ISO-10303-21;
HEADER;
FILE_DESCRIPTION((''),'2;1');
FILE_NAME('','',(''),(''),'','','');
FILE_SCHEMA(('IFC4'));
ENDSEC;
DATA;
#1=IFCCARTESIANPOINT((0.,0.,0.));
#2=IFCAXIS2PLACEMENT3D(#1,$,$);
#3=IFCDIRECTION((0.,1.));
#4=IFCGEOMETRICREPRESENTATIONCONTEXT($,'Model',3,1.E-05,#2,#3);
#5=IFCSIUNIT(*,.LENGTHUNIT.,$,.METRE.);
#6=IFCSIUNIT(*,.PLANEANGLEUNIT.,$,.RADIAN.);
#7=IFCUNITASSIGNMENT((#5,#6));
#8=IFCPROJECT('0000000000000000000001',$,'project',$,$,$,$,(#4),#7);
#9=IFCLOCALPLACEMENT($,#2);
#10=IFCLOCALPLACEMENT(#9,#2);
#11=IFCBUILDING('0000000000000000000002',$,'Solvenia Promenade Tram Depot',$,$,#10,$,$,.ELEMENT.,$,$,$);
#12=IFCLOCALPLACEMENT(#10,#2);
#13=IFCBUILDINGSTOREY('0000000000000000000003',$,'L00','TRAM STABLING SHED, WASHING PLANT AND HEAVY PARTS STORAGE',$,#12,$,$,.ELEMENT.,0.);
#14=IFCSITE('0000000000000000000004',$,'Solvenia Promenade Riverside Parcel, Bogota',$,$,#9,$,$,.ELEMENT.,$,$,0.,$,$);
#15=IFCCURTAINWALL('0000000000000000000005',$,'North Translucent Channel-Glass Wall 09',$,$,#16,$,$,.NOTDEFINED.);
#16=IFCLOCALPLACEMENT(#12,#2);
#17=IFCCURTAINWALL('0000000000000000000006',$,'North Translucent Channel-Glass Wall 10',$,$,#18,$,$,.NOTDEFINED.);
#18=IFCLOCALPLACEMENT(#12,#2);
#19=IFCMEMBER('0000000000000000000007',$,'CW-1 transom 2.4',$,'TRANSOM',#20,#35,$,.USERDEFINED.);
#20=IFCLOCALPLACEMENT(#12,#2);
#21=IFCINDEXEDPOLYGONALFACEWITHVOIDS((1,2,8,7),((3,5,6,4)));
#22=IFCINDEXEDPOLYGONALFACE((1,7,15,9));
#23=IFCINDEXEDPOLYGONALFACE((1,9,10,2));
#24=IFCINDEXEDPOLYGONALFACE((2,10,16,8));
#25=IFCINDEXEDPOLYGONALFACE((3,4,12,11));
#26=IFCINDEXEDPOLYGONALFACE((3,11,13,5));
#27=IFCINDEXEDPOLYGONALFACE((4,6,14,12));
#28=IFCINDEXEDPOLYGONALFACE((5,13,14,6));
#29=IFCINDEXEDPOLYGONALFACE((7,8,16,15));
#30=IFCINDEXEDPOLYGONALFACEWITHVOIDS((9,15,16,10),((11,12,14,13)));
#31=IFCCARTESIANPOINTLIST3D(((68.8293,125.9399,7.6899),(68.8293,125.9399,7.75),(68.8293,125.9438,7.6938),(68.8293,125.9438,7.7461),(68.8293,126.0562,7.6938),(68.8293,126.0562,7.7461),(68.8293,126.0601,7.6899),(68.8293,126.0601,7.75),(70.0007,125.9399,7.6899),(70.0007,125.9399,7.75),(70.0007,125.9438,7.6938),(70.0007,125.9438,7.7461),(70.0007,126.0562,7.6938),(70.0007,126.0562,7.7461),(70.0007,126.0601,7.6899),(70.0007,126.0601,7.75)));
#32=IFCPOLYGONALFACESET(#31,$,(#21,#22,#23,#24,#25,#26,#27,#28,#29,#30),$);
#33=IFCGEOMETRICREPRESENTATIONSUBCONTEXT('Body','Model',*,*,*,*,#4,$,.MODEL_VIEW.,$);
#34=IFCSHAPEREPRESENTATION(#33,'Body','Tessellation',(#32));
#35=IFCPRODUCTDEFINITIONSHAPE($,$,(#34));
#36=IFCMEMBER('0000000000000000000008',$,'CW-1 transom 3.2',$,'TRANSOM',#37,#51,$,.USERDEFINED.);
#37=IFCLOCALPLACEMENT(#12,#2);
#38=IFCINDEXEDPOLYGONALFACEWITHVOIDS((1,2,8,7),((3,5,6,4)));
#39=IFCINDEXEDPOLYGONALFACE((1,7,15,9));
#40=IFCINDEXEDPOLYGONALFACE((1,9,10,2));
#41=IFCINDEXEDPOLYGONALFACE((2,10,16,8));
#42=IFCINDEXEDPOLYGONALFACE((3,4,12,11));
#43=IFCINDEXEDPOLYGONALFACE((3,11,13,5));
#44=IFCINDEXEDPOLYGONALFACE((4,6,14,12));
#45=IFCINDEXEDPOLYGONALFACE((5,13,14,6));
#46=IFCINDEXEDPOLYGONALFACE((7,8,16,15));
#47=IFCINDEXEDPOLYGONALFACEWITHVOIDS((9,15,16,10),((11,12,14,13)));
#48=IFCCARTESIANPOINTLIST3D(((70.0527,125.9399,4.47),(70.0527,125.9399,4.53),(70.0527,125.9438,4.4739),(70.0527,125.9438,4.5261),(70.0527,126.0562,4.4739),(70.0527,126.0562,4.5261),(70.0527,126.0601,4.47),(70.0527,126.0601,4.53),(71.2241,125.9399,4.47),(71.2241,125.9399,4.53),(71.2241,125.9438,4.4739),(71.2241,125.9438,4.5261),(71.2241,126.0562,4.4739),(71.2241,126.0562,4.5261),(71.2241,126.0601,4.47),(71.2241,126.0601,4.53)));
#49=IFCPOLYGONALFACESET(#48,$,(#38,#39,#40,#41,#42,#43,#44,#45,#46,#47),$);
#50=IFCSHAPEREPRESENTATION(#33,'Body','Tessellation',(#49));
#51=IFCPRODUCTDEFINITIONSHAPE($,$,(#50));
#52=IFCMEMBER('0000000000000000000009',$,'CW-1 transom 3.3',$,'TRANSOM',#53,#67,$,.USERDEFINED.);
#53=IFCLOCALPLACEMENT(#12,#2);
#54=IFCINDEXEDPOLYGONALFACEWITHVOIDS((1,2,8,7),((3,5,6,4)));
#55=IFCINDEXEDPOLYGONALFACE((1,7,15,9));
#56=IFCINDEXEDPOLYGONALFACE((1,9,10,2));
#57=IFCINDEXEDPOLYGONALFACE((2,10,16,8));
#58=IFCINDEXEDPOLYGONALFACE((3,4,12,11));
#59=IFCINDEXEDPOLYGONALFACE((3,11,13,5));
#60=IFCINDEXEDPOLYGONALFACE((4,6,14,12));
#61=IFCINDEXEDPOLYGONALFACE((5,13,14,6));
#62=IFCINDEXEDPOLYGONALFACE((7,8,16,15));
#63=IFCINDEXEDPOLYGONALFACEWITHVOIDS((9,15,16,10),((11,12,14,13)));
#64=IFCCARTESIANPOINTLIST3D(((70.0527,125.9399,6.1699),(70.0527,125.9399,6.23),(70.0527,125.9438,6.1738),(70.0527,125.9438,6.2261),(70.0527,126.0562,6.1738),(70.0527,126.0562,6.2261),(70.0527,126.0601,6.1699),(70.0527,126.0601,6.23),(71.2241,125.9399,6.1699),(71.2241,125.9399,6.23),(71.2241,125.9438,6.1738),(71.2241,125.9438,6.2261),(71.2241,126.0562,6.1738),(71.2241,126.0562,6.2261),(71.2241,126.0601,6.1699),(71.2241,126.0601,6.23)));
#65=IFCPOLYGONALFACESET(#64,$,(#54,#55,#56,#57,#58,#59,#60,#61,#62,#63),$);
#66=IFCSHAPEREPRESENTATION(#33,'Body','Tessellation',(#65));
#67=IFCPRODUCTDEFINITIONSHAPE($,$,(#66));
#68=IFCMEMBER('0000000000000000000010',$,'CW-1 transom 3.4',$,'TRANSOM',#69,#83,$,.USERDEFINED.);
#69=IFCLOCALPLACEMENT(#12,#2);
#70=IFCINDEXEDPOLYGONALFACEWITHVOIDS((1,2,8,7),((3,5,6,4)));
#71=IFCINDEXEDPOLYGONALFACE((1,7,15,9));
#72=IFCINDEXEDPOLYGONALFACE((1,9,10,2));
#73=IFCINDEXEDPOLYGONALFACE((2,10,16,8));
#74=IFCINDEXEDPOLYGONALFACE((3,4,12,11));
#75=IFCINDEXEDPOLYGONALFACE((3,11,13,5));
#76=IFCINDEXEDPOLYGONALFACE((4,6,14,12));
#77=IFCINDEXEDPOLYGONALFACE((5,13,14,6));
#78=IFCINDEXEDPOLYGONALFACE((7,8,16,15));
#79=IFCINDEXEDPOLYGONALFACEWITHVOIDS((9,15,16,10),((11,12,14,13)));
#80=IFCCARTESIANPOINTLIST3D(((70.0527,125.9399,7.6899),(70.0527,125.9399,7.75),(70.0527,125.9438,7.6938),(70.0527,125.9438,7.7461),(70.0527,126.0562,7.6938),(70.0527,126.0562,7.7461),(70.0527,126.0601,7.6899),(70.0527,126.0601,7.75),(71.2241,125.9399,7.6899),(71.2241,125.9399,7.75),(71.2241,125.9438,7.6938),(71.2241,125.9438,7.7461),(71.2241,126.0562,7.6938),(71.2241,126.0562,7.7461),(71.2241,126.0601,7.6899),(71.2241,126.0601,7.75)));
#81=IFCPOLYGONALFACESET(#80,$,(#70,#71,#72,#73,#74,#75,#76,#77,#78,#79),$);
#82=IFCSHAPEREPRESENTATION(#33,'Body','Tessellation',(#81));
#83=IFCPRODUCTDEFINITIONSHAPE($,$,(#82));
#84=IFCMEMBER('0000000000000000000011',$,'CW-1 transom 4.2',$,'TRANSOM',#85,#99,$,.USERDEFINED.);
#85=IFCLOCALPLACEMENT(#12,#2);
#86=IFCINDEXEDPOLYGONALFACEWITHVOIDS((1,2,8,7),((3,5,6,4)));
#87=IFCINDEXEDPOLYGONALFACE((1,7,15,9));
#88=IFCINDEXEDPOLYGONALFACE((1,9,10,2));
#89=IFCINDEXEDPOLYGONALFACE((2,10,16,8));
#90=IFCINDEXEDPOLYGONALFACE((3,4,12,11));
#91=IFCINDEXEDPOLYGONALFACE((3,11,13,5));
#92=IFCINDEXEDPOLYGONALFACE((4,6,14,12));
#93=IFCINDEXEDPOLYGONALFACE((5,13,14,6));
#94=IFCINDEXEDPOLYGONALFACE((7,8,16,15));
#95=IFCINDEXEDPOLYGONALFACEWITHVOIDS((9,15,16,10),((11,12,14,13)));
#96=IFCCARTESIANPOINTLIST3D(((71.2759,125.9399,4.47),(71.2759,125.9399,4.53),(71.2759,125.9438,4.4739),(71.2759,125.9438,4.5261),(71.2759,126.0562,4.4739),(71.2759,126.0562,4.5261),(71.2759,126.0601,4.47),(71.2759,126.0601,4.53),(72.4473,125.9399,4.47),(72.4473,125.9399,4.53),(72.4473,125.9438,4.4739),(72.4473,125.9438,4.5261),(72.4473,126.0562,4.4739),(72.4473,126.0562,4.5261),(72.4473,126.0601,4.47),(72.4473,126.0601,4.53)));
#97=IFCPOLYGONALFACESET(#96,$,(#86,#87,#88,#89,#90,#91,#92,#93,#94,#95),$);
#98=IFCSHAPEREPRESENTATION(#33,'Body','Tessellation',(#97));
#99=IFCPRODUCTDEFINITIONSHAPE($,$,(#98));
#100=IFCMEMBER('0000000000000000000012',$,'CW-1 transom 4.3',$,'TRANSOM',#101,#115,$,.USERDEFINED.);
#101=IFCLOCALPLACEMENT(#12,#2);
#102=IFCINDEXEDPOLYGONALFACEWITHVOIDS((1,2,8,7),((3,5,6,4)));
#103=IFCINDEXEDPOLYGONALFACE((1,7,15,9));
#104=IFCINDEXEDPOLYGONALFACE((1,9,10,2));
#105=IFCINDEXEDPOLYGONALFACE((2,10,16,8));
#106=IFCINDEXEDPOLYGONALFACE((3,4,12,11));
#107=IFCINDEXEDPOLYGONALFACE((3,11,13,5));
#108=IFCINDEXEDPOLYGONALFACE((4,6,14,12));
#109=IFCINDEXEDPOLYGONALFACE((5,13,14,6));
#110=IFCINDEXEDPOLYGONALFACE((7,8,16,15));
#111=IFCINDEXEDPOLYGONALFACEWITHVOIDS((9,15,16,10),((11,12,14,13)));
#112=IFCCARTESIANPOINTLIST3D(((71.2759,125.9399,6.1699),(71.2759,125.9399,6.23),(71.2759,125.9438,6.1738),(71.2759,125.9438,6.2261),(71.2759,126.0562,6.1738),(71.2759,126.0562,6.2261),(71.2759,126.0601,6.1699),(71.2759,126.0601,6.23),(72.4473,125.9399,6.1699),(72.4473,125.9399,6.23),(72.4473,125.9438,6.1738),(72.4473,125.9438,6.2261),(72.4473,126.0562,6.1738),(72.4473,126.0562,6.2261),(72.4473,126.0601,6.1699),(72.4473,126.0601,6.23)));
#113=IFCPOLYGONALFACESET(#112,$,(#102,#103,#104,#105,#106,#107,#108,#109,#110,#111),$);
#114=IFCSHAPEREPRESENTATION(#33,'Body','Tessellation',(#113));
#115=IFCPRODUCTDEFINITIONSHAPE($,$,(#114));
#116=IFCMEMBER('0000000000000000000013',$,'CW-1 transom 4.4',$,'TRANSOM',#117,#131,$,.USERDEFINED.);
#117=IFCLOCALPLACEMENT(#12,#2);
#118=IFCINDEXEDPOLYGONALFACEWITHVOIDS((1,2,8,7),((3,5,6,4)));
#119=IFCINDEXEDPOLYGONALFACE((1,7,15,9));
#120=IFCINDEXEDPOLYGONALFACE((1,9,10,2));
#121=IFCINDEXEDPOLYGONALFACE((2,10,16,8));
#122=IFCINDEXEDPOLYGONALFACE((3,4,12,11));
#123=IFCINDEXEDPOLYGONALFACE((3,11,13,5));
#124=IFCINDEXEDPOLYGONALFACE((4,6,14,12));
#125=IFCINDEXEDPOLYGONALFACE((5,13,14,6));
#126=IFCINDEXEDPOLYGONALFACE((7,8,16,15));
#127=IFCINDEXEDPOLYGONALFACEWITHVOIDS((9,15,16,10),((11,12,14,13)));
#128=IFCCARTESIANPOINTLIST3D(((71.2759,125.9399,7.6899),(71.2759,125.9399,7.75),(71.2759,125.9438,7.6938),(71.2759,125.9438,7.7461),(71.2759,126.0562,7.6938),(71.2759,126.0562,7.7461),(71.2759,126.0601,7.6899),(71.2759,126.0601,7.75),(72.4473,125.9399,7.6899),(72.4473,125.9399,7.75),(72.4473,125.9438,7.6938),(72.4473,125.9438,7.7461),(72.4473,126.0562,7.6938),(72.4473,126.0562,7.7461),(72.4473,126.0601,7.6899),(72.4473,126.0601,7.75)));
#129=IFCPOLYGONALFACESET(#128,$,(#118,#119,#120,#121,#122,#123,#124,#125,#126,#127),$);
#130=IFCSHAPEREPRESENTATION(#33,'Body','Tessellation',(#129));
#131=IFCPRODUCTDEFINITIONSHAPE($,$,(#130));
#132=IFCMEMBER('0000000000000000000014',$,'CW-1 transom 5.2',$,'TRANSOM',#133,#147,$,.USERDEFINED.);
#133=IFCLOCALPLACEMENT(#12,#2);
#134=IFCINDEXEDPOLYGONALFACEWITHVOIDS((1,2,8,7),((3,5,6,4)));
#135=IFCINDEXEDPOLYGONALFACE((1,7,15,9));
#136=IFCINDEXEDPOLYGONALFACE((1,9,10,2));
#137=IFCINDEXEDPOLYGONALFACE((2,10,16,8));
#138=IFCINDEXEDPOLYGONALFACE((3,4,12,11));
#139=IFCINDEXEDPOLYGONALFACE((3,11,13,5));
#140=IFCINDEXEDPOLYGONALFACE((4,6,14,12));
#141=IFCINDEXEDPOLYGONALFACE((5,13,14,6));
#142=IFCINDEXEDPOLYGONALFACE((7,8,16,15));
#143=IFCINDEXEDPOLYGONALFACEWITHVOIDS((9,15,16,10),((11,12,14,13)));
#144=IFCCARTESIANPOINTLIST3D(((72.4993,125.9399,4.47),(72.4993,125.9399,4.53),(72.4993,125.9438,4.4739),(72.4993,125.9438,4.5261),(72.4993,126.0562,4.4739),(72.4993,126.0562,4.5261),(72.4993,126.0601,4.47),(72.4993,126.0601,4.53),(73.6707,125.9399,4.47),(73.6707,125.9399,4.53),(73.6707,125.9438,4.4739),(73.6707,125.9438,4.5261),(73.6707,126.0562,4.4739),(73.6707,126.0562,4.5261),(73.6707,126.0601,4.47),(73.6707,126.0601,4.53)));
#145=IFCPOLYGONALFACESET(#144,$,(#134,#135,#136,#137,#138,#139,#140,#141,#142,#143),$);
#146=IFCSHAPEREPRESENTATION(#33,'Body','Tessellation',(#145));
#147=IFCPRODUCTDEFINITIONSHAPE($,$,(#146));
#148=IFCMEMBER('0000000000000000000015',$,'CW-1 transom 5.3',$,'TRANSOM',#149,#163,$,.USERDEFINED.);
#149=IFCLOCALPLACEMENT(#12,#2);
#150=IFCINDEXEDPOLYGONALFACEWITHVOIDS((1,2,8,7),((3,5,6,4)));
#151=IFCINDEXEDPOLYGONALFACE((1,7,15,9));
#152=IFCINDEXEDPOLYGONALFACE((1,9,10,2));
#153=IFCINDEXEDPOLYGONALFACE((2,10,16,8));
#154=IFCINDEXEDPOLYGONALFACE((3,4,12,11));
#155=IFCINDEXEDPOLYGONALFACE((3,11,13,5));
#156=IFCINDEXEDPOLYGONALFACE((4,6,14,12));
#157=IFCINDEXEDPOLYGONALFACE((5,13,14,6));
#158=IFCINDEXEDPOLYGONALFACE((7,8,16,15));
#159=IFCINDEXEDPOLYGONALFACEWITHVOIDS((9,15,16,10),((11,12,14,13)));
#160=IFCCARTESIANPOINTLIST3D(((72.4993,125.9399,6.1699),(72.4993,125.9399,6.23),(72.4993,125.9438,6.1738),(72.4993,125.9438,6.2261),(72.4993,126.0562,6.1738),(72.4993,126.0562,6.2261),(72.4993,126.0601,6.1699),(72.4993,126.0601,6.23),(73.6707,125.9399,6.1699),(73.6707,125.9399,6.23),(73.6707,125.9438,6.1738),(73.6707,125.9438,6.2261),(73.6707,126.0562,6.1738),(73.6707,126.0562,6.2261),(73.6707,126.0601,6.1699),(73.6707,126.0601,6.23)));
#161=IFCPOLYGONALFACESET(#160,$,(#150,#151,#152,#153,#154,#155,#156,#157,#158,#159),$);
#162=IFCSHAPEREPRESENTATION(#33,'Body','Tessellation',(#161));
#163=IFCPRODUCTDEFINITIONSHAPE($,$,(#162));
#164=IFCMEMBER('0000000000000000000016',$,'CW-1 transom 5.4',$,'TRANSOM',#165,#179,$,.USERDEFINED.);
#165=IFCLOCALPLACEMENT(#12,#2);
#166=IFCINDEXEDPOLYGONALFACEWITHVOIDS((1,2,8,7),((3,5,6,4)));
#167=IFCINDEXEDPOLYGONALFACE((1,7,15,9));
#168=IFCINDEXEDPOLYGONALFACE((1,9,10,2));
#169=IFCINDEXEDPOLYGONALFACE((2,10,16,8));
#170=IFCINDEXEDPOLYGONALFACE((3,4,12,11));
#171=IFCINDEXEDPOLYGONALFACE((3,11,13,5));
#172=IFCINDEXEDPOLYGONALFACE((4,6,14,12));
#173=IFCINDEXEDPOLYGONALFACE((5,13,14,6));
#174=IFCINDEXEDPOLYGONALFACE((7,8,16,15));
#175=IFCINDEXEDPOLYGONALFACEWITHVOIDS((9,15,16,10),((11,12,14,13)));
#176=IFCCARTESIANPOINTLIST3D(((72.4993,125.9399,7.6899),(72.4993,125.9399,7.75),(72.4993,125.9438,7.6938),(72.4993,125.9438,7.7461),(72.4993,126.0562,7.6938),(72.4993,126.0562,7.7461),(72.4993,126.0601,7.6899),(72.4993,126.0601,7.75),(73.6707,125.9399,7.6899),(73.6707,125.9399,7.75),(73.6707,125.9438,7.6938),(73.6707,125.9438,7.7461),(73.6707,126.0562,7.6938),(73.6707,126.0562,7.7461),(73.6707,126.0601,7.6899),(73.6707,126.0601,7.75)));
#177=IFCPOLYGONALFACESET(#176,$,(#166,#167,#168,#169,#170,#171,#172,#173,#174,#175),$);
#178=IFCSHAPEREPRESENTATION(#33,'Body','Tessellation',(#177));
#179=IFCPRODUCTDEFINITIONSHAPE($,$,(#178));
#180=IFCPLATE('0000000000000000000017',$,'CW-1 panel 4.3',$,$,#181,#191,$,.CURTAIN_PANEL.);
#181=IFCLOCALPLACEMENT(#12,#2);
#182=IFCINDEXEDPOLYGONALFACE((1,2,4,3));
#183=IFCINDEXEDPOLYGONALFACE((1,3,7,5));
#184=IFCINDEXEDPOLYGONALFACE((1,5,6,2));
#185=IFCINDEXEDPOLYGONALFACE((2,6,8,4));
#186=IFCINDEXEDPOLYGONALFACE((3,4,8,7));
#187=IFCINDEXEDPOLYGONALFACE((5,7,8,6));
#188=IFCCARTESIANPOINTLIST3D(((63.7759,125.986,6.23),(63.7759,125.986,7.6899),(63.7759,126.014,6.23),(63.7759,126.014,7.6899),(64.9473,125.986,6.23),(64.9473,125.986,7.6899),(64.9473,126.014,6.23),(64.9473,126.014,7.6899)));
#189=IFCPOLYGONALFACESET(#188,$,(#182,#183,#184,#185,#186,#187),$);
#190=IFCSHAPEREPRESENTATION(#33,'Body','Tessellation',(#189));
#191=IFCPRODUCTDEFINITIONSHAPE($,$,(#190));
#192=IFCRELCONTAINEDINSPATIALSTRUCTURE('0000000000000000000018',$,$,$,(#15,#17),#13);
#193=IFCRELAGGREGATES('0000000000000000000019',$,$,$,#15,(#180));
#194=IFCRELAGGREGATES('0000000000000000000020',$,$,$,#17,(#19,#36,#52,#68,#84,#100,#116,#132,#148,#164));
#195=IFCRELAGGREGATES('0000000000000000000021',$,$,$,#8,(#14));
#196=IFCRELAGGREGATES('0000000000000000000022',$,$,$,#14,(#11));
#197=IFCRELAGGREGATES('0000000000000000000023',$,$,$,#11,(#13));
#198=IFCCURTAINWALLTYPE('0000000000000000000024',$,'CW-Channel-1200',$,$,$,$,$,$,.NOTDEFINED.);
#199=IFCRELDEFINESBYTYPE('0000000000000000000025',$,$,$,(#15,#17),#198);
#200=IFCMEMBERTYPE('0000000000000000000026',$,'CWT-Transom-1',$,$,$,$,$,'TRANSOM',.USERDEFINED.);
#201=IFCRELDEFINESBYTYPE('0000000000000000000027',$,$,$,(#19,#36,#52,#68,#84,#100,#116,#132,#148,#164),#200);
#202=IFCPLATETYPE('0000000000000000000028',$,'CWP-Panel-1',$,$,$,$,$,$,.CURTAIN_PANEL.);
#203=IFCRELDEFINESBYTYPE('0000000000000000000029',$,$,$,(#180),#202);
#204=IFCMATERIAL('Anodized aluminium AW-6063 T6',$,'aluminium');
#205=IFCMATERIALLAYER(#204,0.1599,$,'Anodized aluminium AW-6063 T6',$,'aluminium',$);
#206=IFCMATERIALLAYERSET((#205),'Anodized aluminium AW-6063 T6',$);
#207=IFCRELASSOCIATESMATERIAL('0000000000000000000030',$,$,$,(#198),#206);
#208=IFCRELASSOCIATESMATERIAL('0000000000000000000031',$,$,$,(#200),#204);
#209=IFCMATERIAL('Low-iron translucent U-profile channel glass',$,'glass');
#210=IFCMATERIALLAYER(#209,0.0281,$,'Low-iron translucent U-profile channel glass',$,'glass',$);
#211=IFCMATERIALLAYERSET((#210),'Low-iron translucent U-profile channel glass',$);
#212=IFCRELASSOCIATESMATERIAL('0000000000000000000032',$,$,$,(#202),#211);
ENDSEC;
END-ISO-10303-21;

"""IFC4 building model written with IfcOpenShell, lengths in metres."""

from ifc_helpers import new_model, si_unit, direction, frame, origin, origin_2d, place, context, subcontext, project, spatial, rectangle, hollow_rectangle, extrude, material, layer, layer_set, material_profile, profile_set, type_object, element, aggregate, save


model = new_model("IFC4")

# Units and contexts
model_context = context("Model", 3, precision=1e-05, world=origin(), true_north=direction((0.0, 1.0)))
body_context = subcontext(model_context, "Body", "Model", "MODEL_VIEW")
ifc_project = project(units=[si_unit("LENGTHUNIT", "METRE"), si_unit("PLANEANGLEUNIT", "RADIAN")], contexts=[model_context])

# Site, building, storey
site_placement = place(None, origin())
site = spatial("IfcSite", under=ifc_project, at=site_placement, Name="Solvenia Promenade Riverside Parcel, Bogota", CompositionType="ELEMENT", RefElevation=0.0)
building_placement = place(site_placement, origin())
building = spatial("IfcBuilding", under=site, at=building_placement, Name="Solvenia Promenade Tram Depot", CompositionType="ELEMENT")
storey_placement = place(building_placement, origin())
storey = spatial("IfcBuildingStorey", under=building, at=storey_placement, Name="L00", Description="TRAM STABLING SHED, WASHING PLANT AND HEAVY PARTS STORAGE", CompositionType="ELEMENT", Elevation=0.0)

# Curtain walls, members
ifc_material_1 = material(Name="Anodized aluminium AW-6063 T6", Category="aluminium")
ifc_layer_1 = layer(ifc_material_1, 0.1599, Name="Anodized aluminium AW-6063 T6", Category="aluminium")
ifc_layer_set_1 = layer_set([ifc_layer_1], Name="Anodized aluminium AW-6063 T6")
curtain_wall_type = type_object("IfcCurtainWallType", Name="CW-Channel-1200", PredefinedType="NOTDEFINED", material=ifc_layer_set_1)
curtain_wall_1_placement = place(storey_placement, origin())
curtain_wall_1 = element("IfcCurtainWall", 1, at=curtain_wall_1_placement, inside=storey, type_object=curtain_wall_type, Name="North Translucent Channel-Glass Wall 09", PredefinedType="NOTDEFINED")
ifc_material_profile = material_profile(ifc_material_1, hollow_rectangle(XDim=0.1201, YDim=0.0601, WallThickness=0.0039, at=origin_2d()), Name="ALU-T1", Category="aluminium")
ifc_profile_set = profile_set([ifc_material_profile], Name="Anodized aluminium AW-6063 T6")
member_type = type_object("IfcMemberType", Name="CWT-Transom-1", ElementType="TRANSOM", PredefinedType="USERDEFINED", material=ifc_profile_set)
curtain_wall_2_placement = place(storey_placement, origin())
curtain_wall_2 = element("IfcCurtainWall", 2, at=curtain_wall_2_placement, inside=storey, type_object=curtain_wall_type, Name="North Translucent Channel-Glass Wall 10", PredefinedType="NOTDEFINED")
member_1_placement = place(storey_placement, frame((68.8293, 126.0, 7.72), z_axis=(1.0, 0.0, 0.0), x_axis=(0.0, 1.0, 0.0)))
member_1 = element("IfcMember", 3, at=member_1_placement, type_object=member_type, Name="CW-1 transom 2.4", ObjectType="TRANSOM", PredefinedType="USERDEFINED", context=body_context, shape_type="SweptSolid", body=[
    extrude(hollow_rectangle(XDim=0.1201, YDim=0.0601, WallThickness=0.0039, at=origin_2d()), origin(), (0.0, 0.0, 1.0), 1.1714),
])
member_2_placement = place(storey_placement, frame((70.0527, 126.0, 4.5), z_axis=(1.0, 0.0, 0.0), x_axis=(0.0, 1.0, 0.0)))
member_2 = element("IfcMember", 4, at=member_2_placement, type_object=member_type, Name="CW-1 transom 3.2", ObjectType="TRANSOM", PredefinedType="USERDEFINED", context=body_context, shape_type="SweptSolid", body=[
    extrude(hollow_rectangle(XDim=0.1201, YDim=0.0601, WallThickness=0.0039, at=origin_2d()), origin(), (0.0, 0.0, 1.0), 1.1714),
])
member_3_placement = place(storey_placement, frame((70.0527, 126.0, 6.2), z_axis=(1.0, 0.0, 0.0), x_axis=(0.0, 1.0, 0.0)))
member_3 = element("IfcMember", 5, at=member_3_placement, type_object=member_type, Name="CW-1 transom 3.3", ObjectType="TRANSOM", PredefinedType="USERDEFINED", context=body_context, shape_type="SweptSolid", body=[
    extrude(hollow_rectangle(XDim=0.1201, YDim=0.0601, WallThickness=0.0039, at=origin_2d()), origin(), (0.0, 0.0, 1.0), 1.1714),
])
member_4_placement = place(storey_placement, frame((70.0527, 126.0, 7.72), z_axis=(1.0, 0.0, 0.0), x_axis=(0.0, 1.0, 0.0)))
member_4 = element("IfcMember", 6, at=member_4_placement, type_object=member_type, Name="CW-1 transom 3.4", ObjectType="TRANSOM", PredefinedType="USERDEFINED", context=body_context, shape_type="SweptSolid", body=[
    extrude(hollow_rectangle(XDim=0.1201, YDim=0.0601, WallThickness=0.0039, at=origin_2d()), origin(), (0.0, 0.0, 1.0), 1.1714),
])
member_5_placement = place(storey_placement, frame((71.2759, 126.0, 4.5), z_axis=(1.0, 0.0, 0.0), x_axis=(0.0, 1.0, 0.0)))
member_5 = element("IfcMember", 7, at=member_5_placement, type_object=member_type, Name="CW-1 transom 4.2", ObjectType="TRANSOM", PredefinedType="USERDEFINED", context=body_context, shape_type="SweptSolid", body=[
    extrude(hollow_rectangle(XDim=0.1201, YDim=0.0601, WallThickness=0.0039, at=origin_2d()), origin(), (0.0, 0.0, 1.0), 1.1714),
])
member_6_placement = place(storey_placement, frame((71.2759, 126.0, 6.2), z_axis=(1.0, 0.0, 0.0), x_axis=(0.0, 1.0, 0.0)))
member_6 = element("IfcMember", 8, at=member_6_placement, type_object=member_type, Name="CW-1 transom 4.3", ObjectType="TRANSOM", PredefinedType="USERDEFINED", context=body_context, shape_type="SweptSolid", body=[
    extrude(hollow_rectangle(XDim=0.1201, YDim=0.0601, WallThickness=0.0039, at=origin_2d()), origin(), (0.0, 0.0, 1.0), 1.1714),
])
member_7_placement = place(storey_placement, frame((71.2759, 126.0, 7.72), z_axis=(1.0, 0.0, 0.0), x_axis=(0.0, 1.0, 0.0)))
member_7 = element("IfcMember", 9, at=member_7_placement, type_object=member_type, Name="CW-1 transom 4.4", ObjectType="TRANSOM", PredefinedType="USERDEFINED", context=body_context, shape_type="SweptSolid", body=[
    extrude(hollow_rectangle(XDim=0.1201, YDim=0.0601, WallThickness=0.0039, at=origin_2d()), origin(), (0.0, 0.0, 1.0), 1.1714),
])
member_8_placement = place(storey_placement, frame((72.4993, 126.0, 4.5), z_axis=(1.0, 0.0, 0.0), x_axis=(0.0, 1.0, 0.0)))
member_8 = element("IfcMember", 10, at=member_8_placement, type_object=member_type, Name="CW-1 transom 5.2", ObjectType="TRANSOM", PredefinedType="USERDEFINED", context=body_context, shape_type="SweptSolid", body=[
    extrude(hollow_rectangle(XDim=0.1201, YDim=0.0601, WallThickness=0.0039, at=origin_2d()), origin(), (0.0, 0.0, 1.0), 1.1714),
])
member_9_placement = place(storey_placement, frame((72.4993, 126.0, 6.2), z_axis=(1.0, 0.0, 0.0), x_axis=(0.0, 1.0, 0.0)))
member_9 = element("IfcMember", 11, at=member_9_placement, type_object=member_type, Name="CW-1 transom 5.3", ObjectType="TRANSOM", PredefinedType="USERDEFINED", context=body_context, shape_type="SweptSolid", body=[
    extrude(hollow_rectangle(XDim=0.1201, YDim=0.0601, WallThickness=0.0039, at=origin_2d()), origin(), (0.0, 0.0, 1.0), 1.1714),
])
member_10_placement = place(storey_placement, frame((72.4993, 126.0, 7.72), z_axis=(1.0, 0.0, 0.0), x_axis=(0.0, 1.0, 0.0)))
member_10 = element("IfcMember", 12, at=member_10_placement, type_object=member_type, Name="CW-1 transom 5.4", ObjectType="TRANSOM", PredefinedType="USERDEFINED", context=body_context, shape_type="SweptSolid", body=[
    extrude(hollow_rectangle(XDim=0.1201, YDim=0.0601, WallThickness=0.0039, at=origin_2d()), origin(), (0.0, 0.0, 1.0), 1.1714),
])

# Plate
ifc_material_2 = material(Name="Low-iron translucent U-profile channel glass", Category="glass")
ifc_layer_2 = layer(ifc_material_2, 0.0281, Name="Low-iron translucent U-profile channel glass", Category="glass")
ifc_layer_set_2 = layer_set([ifc_layer_2], Name="Low-iron translucent U-profile channel glass")
plate_type = type_object("IfcPlateType", Name="CWP-Panel-1", PredefinedType="CURTAIN_PANEL", material=ifc_layer_set_2)
plate_1_placement = place(storey_placement, frame((64.3616, 126.0, 6.23), z_axis=(0.0, 0.0, 1.0), x_axis=(1.0, 0.0, 0.0)))
plate_1 = element("IfcPlate", 13, at=plate_1_placement, type_object=plate_type, Name="CW-1 panel 4.3", PredefinedType="CURTAIN_PANEL", context=body_context, shape_type="SweptSolid", body=[
    extrude(rectangle(XDim=1.1714, YDim=0.0281, at=origin_2d()), origin(), (0.0, 0.0, 1.0), 1.46),
])
aggregate(curtain_wall_1, [plate_1])
aggregate(curtain_wall_2, [member_1, member_2, member_3, member_4, member_5, member_6, member_7, member_8, member_9, member_10])

save(model, "model.ifc")
